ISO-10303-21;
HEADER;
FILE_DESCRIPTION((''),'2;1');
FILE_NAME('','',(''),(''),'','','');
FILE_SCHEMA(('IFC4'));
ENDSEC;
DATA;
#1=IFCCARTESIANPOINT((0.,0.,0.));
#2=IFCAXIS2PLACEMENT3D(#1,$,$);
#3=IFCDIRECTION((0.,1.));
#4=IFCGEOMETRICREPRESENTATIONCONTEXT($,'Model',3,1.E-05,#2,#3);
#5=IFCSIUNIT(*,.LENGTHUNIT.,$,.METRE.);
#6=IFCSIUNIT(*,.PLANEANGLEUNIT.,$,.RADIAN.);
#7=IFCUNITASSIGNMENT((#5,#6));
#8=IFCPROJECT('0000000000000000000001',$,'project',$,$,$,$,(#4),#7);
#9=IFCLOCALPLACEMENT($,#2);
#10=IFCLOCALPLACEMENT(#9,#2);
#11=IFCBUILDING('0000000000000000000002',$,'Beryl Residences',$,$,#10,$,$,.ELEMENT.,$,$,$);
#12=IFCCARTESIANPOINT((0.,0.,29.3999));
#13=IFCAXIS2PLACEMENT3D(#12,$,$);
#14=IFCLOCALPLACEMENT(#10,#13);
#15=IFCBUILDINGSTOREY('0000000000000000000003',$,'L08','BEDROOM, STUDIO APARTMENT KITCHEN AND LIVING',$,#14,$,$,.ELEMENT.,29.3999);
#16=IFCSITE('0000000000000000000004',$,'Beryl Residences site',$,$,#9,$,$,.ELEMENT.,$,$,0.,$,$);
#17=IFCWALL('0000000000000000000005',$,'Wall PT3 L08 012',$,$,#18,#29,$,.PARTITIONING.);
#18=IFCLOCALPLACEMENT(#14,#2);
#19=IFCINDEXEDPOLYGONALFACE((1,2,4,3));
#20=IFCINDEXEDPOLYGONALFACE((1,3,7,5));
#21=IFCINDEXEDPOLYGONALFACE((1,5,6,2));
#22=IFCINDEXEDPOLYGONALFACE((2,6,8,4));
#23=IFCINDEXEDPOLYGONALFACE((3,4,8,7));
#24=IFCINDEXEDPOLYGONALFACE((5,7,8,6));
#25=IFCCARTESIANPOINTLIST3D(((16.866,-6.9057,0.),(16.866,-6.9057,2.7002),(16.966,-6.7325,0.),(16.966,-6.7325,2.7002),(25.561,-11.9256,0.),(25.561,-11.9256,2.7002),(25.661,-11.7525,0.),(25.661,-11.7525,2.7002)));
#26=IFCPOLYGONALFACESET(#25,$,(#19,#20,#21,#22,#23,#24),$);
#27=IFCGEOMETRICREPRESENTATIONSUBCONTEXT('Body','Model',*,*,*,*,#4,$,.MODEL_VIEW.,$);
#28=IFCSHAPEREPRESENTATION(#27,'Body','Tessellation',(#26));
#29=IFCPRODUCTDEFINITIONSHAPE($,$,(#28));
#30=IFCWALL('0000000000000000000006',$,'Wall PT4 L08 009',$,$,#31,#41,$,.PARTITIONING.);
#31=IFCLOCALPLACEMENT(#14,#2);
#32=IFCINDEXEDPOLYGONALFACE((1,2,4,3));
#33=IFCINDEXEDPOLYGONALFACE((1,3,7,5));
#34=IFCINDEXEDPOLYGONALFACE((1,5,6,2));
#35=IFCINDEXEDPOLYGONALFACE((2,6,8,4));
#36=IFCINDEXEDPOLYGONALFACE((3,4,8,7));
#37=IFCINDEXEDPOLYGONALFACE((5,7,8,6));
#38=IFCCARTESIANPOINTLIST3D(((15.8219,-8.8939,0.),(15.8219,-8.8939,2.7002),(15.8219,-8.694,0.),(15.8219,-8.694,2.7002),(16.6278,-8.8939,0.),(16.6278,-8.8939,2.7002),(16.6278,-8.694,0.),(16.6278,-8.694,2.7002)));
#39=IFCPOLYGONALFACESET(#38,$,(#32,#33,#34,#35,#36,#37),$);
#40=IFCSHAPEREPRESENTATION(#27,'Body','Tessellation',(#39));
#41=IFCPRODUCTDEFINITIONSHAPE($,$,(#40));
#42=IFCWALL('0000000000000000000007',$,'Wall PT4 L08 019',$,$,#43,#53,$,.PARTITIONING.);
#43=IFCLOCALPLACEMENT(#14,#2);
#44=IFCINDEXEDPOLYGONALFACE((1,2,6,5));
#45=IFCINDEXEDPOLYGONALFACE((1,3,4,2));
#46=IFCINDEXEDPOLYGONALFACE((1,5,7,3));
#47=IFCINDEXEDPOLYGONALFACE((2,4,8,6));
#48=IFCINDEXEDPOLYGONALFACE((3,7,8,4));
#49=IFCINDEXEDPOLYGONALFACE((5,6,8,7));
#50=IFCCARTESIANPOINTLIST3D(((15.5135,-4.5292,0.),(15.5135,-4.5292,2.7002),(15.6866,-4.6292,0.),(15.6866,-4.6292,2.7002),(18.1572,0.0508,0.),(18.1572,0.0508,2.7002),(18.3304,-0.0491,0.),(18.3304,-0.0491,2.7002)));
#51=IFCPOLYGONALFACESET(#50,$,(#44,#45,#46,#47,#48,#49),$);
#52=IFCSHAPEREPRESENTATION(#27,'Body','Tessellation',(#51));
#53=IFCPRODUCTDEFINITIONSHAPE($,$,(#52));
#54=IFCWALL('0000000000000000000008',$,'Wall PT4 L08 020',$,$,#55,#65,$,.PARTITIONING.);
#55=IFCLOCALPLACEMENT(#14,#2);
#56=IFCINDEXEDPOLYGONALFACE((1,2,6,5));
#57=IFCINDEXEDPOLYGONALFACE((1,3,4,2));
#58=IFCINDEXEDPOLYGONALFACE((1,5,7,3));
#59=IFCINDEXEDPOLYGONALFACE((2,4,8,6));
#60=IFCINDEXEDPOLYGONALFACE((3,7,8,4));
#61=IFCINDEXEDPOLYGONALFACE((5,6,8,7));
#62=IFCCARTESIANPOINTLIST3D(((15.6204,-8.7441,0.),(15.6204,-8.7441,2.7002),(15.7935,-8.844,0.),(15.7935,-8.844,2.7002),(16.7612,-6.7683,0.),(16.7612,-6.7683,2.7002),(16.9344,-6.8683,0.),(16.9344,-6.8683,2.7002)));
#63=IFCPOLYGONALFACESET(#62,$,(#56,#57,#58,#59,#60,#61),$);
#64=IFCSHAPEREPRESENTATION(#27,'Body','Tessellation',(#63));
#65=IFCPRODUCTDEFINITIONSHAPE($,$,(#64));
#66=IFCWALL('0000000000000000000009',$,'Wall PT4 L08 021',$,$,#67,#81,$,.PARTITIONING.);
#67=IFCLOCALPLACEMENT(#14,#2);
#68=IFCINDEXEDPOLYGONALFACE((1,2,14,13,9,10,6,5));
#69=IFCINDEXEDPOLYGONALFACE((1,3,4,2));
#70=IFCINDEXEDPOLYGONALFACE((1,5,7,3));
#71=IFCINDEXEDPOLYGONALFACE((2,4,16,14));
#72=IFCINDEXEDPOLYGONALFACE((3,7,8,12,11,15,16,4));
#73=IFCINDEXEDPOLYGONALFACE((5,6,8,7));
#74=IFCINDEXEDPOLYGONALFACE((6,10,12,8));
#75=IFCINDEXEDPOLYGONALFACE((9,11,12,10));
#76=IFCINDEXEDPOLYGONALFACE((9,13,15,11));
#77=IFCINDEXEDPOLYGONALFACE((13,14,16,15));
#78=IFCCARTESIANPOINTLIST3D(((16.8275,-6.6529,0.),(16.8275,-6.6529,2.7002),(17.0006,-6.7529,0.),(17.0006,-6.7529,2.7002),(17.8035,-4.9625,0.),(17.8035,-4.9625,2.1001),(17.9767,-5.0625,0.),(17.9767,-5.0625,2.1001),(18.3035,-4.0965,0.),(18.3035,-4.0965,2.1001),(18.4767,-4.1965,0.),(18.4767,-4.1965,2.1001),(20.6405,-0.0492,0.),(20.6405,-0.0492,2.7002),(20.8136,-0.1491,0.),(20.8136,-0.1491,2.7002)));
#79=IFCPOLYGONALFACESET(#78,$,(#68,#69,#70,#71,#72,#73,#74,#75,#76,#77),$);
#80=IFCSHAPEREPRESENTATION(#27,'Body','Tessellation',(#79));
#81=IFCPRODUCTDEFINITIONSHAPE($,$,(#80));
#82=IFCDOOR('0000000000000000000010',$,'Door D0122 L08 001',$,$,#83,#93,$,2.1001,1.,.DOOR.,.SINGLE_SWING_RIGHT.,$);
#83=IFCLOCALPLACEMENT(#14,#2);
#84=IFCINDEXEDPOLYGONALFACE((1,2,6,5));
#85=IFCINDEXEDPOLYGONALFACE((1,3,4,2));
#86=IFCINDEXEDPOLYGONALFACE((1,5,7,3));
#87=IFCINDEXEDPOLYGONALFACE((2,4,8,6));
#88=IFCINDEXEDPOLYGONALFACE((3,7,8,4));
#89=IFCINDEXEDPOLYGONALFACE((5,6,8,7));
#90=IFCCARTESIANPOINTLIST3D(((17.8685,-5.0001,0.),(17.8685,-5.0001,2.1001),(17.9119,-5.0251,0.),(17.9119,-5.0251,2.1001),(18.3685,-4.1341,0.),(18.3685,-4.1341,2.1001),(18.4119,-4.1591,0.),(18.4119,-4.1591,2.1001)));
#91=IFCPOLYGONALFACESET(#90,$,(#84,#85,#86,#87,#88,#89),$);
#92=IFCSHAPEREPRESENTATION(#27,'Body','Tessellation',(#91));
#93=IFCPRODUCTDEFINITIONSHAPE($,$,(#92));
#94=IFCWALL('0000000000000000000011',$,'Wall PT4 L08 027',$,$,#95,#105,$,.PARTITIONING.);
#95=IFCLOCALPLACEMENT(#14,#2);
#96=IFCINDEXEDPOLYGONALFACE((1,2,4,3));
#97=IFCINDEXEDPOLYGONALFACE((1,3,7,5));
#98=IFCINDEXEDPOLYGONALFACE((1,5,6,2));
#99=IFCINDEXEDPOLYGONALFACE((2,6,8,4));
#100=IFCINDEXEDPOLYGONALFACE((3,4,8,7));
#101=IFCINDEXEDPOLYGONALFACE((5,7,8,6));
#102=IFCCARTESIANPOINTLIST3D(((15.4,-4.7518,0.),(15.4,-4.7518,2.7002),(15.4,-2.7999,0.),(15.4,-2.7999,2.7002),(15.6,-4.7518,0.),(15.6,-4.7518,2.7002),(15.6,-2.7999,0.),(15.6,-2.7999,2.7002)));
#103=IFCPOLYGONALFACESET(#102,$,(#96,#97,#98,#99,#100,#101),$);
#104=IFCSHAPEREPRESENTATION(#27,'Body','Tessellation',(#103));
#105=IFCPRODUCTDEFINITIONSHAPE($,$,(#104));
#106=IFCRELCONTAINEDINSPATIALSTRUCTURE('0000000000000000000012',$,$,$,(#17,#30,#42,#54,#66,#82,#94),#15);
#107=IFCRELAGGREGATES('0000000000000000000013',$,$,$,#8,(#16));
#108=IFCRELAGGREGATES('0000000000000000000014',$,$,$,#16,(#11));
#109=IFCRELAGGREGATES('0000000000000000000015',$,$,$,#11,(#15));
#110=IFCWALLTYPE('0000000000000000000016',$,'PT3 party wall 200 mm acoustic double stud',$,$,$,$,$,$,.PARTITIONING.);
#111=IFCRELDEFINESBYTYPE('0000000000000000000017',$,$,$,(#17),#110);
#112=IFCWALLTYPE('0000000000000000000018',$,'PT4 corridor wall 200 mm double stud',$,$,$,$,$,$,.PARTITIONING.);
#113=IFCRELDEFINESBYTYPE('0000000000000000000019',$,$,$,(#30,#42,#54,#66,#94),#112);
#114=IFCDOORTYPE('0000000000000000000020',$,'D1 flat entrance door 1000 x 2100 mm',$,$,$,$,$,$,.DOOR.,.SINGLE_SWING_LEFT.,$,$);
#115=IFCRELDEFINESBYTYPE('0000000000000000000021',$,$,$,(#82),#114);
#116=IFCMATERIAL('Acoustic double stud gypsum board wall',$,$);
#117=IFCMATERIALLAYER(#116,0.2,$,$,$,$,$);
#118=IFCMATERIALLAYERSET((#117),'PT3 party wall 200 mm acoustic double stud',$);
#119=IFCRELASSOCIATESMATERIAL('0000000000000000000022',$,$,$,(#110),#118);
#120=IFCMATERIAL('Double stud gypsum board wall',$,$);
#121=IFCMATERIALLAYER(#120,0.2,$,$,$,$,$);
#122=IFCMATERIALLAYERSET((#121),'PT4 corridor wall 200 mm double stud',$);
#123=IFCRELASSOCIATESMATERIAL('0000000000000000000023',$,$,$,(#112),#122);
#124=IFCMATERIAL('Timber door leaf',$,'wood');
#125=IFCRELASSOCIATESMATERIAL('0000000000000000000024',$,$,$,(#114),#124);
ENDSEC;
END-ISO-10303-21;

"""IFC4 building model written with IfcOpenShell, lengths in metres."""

from ifc_helpers import new_model, si_unit, direction, frame, frame_2d, origin, place, context, subcontext, project, spatial, rectangle, extrude, material, layer, layer_set, type_object, element, fill, save


model = new_model("IFC4")

# Units and contexts
model_context = context("Model", 3, precision=1e-05, world=origin(), true_north=direction((0.0, 1.0)))
body_context = subcontext(model_context, "Body", "Model", "MODEL_VIEW")
ifc_project = project(units=[si_unit("LENGTHUNIT", "METRE"), si_unit("PLANEANGLEUNIT", "RADIAN")], contexts=[model_context])

# Site, building, storey
site_placement = place(None, origin())
site = spatial("IfcSite", under=ifc_project, at=site_placement, Name="Beryl Residences site", CompositionType="ELEMENT", RefElevation=0.0)
building_placement = place(site_placement, origin())
building = spatial("IfcBuilding", under=site, at=building_placement, Name="Beryl Residences", CompositionType="ELEMENT")
storey_placement = place(building_placement, frame((0.0, 0.0, 29.3999)))
storey = spatial("IfcBuildingStorey", under=building, at=storey_placement, Name="L08", Description="BEDROOM, STUDIO APARTMENT KITCHEN AND LIVING", CompositionType="ELEMENT", Elevation=29.3999)

# Walls
ifc_material_1 = material(Name="Acoustic double stud gypsum board wall")
ifc_layer_1 = layer(ifc_material_1, 0.2)
ifc_layer_set_1 = layer_set([ifc_layer_1], Name="PT3 party wall 200 mm acoustic double stud")
wall_type_1 = type_object("IfcWallType", Name="PT3 party wall 200 mm acoustic double stud", PredefinedType="PARTITIONING", material=ifc_layer_set_1)
wall_1_placement = place(storey_placement, frame((16.916, -6.8191, 0.0), z_axis=(0.0, 0.0, 1.0), x_axis=(0.866029, -0.499994, 0.0)))
element("IfcWall", 1, at=wall_1_placement, inside=storey, type_object=wall_type_1, Name="Wall PT3 L08 012", PredefinedType="PARTITIONING", context=body_context, shape_type="SweptSolid", body=[
    extrude(rectangle(XDim=10.04, YDim=0.2, at=frame_2d((5.02, 0.0))), origin(), (0.0, 0.0, 1.0), 2.7002),
])
ifc_material_2 = material(Name="Double stud gypsum board wall")
ifc_layer_2 = layer(ifc_material_2, 0.2)
ifc_layer_set_2 = layer_set([ifc_layer_2], Name="PT4 corridor wall 200 mm double stud")
wall_type_2 = type_object("IfcWallType", Name="PT4 corridor wall 200 mm double stud", PredefinedType="PARTITIONING", material=ifc_layer_set_2)
wall_2_placement = place(storey_placement, frame((15.822, -8.7939, 0.0), z_axis=(0.0, 0.0, 1.0), x_axis=(1.0, 0.0, 0.0)))
element("IfcWall", 2, at=wall_2_placement, inside=storey, type_object=wall_type_2, Name="Wall PT4 L08 009", PredefinedType="PARTITIONING", context=body_context, shape_type="SweptSolid", body=[
    extrude(rectangle(XDim=0.8059, YDim=0.2, at=frame_2d((0.4028, 0.0))), origin(), (0.0, 0.0, 1.0), 2.7002),
])
wall_3_placement = place(storey_placement, frame((15.6001, -4.5791, 0.0), z_axis=(0.0, 0.0, 1.0), x_axis=(0.499928, 0.866067, 0.0)))
element("IfcWall", 3, at=wall_3_placement, inside=storey, type_object=wall_type_2, Name="Wall PT4 L08 019", PredefinedType="PARTITIONING", context=body_context, shape_type="SweptSolid", body=[
    extrude(rectangle(XDim=5.2883, YDim=0.2, at=frame_2d((2.644, 0.0))), origin(), (0.0, 0.0, 1.0), 2.7002),
])
wall_4_placement = place(storey_placement, frame((15.707, -8.7939, 0.0), z_axis=(0.0, 0.0, 1.0), x_axis=(0.50004, 0.866002, 0.0)))
element("IfcWall", 4, at=wall_4_placement, inside=storey, type_object=wall_type_2, Name="Wall PT4 L08 020", PredefinedType="PARTITIONING", context=body_context, shape_type="SweptSolid", body=[
    extrude(rectangle(XDim=2.2815, YDim=0.2, at=frame_2d((1.1406, 0.0))), origin(), (0.0, 0.0, 1.0), 2.7002),
])

# Wall, opening, door
wall_5_placement = place(storey_placement, frame((16.9141, -6.7029, 0.0), z_axis=(0.0, 0.0, 1.0), x_axis=(0.50003, 0.866008, 0.0)))
wall_5 = element("IfcWall", 5, at=wall_5_placement, inside=storey, type_object=wall_type_2, Name="Wall PT4 L08 021", PredefinedType="PARTITIONING", context=body_context, shape_type="SweptSolid", body=[
    extrude(rectangle(XDim=7.6255, YDim=0.2, at=frame_2d((3.8127, 0.0))), origin(), (0.0, 0.0, 1.0), 2.7002),
])
opening_1_placement = place(wall_5_placement, frame((1.9519, 0.0, 0.0)))
opening_1 = element("IfcOpeningElement", 6, at=opening_1_placement, cuts=wall_5, PredefinedType="OPENING", context=body_context, shape_type="SweptSolid", body=[
    extrude(rectangle(XDim=1.0, YDim=2.1001, at=frame_2d((0.5, 1.05))), frame((0.0, 0.1099, 0.0), z_axis=(0.0, -1.0, 0.0), x_axis=(1.0, 0.0, 0.0)), (0.0, 0.0, 1.0), 0.22),
])
ifc_material_3 = material(Name="Timber door leaf", Category="wood")
door_type_1 = type_object("IfcDoorType", Name="D1 flat entrance door 1000 x 2100 mm", OperationType="SINGLE_SWING_LEFT", PredefinedType="DOOR", material=ifc_material_3)
door_1_placement = place(opening_1_placement, origin())
door_1 = element("IfcDoor", 7, at=door_1_placement, inside=storey, type_object=door_type_1, Name="Door D0122 L08 001", OperationType="SINGLE_SWING_RIGHT", OverallHeight=2.1001, OverallWidth=1.0, PredefinedType="DOOR", context=body_context, shape_type="SweptSolid", body=[
    extrude(rectangle(XDim=1.0, YDim=2.1001, at=frame_2d((0.5, 1.05))), frame((0.0, 0.0249, 0.0), z_axis=(0.0, -1.0, 0.0), x_axis=(1.0, 0.0, 0.0)), (0.0, 0.0, 1.0), 0.05),
])
fill(opening_1, door_1)

# Wall
wall_6_placement = place(storey_placement, frame((15.5, -4.752, 0.0), z_axis=(0.0, 0.0, 1.0), x_axis=(0.0, 1.0, 0.0)))
element("IfcWall", 8, at=wall_6_placement, inside=storey, type_object=wall_type_2, Name="Wall PT4 L08 027", PredefinedType="PARTITIONING", context=body_context, shape_type="SweptSolid", body=[
    extrude(rectangle(XDim=1.9519, YDim=0.2, at=frame_2d((0.9761, 0.0))), origin(), (0.0, 0.0, 1.0), 2.7002),
])

save(model, "model.ifc")
